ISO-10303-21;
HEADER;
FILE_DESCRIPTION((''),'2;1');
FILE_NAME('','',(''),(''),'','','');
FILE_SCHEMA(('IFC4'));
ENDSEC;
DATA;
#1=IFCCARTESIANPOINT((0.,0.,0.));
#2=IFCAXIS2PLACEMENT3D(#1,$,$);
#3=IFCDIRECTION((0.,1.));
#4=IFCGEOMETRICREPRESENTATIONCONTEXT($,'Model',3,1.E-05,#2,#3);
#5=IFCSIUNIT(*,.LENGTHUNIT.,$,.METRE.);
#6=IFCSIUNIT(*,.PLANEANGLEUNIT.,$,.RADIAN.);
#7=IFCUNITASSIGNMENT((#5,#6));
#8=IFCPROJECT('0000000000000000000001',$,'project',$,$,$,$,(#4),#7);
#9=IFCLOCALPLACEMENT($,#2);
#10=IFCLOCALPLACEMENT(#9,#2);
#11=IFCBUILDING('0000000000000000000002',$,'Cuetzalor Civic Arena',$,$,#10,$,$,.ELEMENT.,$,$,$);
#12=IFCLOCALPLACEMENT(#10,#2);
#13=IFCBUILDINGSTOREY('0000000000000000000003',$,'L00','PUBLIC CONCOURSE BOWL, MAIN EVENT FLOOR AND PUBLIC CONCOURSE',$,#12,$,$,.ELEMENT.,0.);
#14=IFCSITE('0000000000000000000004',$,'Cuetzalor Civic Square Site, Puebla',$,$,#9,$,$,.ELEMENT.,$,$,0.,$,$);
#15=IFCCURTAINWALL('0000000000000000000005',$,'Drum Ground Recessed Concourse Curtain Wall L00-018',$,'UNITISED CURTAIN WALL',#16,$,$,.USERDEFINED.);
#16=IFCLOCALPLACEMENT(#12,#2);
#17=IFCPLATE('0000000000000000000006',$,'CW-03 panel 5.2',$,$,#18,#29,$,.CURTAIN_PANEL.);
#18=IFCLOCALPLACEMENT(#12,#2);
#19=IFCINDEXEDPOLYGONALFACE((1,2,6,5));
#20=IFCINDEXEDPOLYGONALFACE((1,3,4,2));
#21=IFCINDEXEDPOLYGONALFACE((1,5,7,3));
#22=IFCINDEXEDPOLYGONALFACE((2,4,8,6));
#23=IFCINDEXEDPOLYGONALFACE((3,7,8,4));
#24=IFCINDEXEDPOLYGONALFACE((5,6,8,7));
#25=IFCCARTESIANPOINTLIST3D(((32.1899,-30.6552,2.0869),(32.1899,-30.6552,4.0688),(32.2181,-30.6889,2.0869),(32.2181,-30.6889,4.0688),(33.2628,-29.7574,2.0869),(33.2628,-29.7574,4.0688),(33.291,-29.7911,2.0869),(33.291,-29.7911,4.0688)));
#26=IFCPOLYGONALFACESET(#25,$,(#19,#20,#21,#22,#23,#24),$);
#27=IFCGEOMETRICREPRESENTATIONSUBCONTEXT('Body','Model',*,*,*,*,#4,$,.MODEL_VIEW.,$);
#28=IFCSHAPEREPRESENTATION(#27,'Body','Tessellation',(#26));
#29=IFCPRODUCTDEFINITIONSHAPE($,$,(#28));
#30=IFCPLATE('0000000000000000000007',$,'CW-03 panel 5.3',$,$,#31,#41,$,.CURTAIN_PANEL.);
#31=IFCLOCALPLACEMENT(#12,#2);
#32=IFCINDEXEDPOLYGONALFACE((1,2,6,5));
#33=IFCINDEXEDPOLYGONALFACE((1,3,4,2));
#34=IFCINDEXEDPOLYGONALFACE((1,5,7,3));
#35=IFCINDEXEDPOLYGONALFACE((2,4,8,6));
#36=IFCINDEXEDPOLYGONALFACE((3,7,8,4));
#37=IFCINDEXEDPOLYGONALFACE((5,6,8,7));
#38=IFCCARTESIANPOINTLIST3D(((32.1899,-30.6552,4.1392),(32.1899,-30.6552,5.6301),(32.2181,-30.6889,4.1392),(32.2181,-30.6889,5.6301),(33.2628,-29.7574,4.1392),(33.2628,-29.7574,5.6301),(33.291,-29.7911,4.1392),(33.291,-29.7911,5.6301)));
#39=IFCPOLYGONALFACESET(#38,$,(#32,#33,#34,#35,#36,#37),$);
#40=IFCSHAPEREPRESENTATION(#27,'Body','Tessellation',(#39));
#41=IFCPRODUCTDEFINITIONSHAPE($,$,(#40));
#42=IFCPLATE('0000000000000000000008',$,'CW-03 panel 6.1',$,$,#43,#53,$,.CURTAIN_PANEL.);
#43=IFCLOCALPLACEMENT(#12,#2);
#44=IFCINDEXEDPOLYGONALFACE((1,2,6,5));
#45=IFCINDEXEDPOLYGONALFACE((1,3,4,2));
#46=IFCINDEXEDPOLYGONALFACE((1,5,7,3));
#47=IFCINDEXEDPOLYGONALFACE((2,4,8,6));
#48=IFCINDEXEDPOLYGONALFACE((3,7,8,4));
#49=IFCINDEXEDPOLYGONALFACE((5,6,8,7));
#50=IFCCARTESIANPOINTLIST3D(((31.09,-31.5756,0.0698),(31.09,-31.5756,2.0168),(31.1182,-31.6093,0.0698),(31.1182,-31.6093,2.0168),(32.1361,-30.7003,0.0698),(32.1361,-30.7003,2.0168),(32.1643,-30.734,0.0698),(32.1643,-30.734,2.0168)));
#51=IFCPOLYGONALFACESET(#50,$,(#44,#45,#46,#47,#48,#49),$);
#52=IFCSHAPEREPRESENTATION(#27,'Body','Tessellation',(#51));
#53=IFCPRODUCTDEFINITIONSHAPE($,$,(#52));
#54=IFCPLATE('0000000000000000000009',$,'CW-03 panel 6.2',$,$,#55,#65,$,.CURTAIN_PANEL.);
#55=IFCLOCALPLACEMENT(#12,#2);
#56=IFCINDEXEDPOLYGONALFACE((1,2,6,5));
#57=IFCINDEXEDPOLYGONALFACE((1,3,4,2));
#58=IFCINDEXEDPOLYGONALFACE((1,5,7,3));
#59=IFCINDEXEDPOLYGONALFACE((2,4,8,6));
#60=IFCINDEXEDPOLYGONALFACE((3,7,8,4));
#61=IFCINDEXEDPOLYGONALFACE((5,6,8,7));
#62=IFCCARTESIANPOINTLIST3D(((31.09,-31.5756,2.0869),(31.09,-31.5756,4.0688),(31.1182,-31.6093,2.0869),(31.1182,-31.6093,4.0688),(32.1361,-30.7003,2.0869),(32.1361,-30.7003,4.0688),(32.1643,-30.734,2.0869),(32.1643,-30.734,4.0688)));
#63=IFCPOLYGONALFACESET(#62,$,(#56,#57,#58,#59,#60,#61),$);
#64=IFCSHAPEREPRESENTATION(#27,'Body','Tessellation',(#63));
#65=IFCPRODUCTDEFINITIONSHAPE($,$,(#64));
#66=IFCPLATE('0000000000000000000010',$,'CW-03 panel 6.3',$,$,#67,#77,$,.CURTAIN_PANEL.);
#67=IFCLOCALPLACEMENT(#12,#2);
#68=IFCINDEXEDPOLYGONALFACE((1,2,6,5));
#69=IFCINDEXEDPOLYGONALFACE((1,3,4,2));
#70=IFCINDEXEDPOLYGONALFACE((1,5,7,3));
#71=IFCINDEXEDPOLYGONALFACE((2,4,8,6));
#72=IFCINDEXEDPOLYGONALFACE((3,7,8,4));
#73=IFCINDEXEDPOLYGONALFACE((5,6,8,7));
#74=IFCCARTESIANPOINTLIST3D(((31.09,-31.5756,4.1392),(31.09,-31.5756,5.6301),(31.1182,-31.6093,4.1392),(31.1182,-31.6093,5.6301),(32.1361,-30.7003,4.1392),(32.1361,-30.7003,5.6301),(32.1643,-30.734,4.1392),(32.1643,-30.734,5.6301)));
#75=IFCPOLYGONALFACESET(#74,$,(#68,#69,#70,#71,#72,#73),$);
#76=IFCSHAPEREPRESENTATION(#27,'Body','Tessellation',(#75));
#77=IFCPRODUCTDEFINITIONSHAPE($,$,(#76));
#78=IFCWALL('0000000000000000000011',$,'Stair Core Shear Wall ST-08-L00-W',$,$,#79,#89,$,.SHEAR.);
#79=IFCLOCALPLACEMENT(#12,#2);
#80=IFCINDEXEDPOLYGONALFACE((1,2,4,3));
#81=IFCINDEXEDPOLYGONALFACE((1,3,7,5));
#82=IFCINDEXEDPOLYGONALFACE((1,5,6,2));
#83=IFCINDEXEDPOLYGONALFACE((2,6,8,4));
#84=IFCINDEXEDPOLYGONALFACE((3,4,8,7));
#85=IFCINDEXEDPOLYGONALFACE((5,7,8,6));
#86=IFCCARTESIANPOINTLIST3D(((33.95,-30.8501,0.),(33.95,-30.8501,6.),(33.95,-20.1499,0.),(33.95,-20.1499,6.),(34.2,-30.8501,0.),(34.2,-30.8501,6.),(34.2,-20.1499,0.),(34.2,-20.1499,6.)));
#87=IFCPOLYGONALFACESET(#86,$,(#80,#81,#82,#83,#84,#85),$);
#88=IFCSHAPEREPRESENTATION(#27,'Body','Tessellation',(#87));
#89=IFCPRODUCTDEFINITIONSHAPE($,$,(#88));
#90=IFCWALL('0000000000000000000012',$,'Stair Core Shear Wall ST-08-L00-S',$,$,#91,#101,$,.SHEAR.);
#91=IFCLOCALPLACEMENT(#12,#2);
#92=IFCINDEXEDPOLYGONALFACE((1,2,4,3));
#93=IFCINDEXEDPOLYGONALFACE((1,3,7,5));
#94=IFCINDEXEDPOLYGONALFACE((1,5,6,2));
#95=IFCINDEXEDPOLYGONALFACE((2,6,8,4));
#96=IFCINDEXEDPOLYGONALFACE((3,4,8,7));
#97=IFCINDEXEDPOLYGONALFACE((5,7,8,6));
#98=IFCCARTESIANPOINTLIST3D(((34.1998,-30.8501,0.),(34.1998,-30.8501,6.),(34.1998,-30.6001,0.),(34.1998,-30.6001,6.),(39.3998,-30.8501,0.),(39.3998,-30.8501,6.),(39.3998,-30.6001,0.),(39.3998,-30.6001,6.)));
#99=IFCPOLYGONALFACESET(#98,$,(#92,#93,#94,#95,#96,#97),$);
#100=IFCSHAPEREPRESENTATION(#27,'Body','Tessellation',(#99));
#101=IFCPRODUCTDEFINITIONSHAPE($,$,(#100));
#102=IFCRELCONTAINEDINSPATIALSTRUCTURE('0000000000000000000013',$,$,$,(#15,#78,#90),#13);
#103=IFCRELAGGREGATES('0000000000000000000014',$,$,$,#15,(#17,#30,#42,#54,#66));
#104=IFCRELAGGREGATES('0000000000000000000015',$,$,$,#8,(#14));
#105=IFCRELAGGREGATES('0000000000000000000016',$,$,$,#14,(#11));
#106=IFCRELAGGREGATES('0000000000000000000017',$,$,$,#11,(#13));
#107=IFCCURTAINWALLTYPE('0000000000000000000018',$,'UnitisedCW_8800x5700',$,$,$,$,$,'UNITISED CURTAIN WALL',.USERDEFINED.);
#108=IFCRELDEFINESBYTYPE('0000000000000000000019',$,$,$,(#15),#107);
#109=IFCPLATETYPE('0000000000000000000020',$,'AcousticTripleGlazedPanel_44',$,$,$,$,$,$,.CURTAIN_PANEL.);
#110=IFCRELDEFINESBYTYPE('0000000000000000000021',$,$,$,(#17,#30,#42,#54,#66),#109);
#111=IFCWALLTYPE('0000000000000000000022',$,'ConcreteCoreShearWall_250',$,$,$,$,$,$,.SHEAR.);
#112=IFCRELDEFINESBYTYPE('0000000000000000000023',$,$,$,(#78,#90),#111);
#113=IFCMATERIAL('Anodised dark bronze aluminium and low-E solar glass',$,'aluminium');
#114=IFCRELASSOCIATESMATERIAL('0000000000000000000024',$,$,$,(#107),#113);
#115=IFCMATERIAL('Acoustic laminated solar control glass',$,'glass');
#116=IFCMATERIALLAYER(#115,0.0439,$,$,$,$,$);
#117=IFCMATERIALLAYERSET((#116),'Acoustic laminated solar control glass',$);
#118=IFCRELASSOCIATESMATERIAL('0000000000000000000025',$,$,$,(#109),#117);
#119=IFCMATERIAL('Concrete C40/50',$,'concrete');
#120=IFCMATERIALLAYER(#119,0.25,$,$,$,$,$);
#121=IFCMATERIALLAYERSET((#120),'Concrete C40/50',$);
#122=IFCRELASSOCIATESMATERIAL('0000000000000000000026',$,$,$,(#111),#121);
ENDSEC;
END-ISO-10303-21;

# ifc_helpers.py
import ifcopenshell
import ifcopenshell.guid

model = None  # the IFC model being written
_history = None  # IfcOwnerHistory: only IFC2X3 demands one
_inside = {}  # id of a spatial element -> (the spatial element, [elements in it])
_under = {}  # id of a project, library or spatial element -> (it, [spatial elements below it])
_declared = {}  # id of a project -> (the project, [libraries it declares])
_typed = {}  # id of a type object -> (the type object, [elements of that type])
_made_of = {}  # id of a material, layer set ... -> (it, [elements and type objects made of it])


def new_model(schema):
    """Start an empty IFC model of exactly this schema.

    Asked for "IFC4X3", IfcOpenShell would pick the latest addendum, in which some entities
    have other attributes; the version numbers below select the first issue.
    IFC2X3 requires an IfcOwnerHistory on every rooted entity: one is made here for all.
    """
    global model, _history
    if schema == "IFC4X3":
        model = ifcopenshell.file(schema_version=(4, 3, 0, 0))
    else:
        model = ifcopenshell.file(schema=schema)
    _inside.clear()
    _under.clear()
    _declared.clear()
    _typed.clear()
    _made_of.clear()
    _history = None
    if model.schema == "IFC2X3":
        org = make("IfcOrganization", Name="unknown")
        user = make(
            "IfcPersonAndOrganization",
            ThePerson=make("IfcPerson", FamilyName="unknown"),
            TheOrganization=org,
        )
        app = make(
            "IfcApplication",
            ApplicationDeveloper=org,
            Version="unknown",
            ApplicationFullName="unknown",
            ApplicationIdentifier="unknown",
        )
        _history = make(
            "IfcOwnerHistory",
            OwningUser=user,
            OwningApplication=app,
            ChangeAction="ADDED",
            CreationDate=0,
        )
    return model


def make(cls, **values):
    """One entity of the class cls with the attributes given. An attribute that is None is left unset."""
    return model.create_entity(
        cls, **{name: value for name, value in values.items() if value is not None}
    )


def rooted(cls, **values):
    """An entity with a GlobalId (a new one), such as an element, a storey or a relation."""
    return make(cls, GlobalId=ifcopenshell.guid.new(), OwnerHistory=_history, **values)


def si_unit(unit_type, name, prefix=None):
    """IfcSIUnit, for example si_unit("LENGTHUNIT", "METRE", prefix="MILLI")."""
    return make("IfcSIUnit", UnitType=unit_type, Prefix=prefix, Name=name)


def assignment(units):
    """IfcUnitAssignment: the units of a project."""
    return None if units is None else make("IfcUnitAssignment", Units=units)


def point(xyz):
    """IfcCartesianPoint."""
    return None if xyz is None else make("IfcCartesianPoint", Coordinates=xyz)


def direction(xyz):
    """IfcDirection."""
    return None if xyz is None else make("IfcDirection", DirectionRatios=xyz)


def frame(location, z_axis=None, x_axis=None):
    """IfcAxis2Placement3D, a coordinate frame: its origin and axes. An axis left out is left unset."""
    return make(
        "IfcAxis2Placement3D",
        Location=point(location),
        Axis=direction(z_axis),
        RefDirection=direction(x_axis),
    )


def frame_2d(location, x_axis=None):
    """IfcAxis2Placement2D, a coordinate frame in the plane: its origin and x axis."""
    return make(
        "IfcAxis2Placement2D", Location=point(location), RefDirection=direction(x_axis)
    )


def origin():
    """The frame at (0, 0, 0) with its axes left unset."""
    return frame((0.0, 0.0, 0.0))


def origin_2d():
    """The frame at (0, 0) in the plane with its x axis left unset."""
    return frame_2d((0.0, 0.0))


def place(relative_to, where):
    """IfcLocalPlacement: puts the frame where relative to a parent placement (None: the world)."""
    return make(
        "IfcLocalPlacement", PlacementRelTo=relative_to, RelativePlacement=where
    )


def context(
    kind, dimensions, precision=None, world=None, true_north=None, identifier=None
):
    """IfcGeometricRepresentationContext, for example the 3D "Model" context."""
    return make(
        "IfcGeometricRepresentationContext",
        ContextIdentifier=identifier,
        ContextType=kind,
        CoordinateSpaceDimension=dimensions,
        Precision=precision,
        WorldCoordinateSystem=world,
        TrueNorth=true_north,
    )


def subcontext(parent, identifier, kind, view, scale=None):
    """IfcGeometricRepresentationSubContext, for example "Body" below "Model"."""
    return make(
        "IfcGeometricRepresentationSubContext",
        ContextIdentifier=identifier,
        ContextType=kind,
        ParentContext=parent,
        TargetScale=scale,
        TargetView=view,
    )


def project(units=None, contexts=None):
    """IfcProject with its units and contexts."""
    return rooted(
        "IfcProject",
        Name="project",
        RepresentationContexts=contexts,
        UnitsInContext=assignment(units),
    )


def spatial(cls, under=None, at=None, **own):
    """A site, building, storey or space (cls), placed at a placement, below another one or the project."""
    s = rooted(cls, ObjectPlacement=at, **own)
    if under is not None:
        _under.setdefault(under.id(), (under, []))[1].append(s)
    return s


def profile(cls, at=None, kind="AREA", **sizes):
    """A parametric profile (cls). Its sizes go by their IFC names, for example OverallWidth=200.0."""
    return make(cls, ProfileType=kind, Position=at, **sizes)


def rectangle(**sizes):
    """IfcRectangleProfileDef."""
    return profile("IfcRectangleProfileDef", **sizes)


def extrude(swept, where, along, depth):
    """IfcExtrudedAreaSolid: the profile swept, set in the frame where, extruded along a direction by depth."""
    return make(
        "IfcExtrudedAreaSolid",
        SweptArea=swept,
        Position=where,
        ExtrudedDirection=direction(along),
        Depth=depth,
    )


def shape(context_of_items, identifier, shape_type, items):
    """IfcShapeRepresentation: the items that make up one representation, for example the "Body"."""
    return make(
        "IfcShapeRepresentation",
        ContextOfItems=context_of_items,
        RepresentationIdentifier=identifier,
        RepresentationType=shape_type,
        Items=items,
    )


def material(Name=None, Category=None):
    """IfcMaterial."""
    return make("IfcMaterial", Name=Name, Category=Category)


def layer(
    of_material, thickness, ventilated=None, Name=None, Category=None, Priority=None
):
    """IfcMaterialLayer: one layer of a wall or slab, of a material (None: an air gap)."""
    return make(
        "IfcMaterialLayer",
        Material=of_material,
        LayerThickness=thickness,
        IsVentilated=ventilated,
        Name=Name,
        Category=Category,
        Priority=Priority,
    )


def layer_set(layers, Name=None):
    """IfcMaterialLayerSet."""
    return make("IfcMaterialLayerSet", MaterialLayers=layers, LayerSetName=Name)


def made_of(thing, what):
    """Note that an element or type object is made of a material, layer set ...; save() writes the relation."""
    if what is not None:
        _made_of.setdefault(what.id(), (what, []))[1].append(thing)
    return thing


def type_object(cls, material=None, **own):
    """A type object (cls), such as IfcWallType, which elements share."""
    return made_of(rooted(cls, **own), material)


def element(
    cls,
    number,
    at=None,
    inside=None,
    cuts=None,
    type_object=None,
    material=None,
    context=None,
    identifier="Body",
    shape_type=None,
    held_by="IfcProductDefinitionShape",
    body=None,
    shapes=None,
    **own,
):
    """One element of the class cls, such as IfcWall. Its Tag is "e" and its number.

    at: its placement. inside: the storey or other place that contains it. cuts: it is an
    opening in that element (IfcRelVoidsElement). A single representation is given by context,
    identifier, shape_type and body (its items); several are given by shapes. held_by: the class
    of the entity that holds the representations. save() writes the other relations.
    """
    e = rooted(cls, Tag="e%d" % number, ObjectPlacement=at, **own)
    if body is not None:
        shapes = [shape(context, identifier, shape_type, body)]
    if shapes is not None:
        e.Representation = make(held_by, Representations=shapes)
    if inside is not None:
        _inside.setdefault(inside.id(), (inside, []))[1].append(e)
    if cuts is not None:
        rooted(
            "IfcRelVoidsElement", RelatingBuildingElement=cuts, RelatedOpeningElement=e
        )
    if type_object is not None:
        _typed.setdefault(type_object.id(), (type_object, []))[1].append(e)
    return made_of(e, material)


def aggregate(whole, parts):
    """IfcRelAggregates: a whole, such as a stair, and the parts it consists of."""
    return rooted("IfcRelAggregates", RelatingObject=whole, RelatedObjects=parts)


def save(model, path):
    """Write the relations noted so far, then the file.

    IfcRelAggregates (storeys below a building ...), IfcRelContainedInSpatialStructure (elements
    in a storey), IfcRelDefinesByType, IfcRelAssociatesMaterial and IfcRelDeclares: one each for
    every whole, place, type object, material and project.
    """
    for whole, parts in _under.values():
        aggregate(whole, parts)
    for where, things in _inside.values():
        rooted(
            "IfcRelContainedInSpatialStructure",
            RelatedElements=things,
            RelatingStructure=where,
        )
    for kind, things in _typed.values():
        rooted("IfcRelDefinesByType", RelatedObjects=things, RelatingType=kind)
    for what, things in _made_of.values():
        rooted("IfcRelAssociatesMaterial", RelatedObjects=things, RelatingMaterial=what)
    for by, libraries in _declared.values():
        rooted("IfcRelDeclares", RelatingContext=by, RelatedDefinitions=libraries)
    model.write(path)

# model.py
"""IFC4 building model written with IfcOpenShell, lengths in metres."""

from ifc_helpers import new_model, si_unit, direction, frame, frame_2d, origin, origin_2d, place, context, subcontext, project, spatial, rectangle, extrude, material, layer, layer_set, type_object, element, aggregate, save


model = new_model("IFC4")

# Units and contexts
model_context = context("Model", 3, precision=1e-05, world=origin(), true_north=direction((0.0, 1.0)))
body_context = subcontext(model_context, "Body", "Model", "MODEL_VIEW")
ifc_project = project(units=[si_unit("LENGTHUNIT", "METRE"), si_unit("PLANEANGLEUNIT", "RADIAN")], contexts=[model_context])

# Site, building, storey
site_placement = place(None, origin())
site = spatial("IfcSite", under=ifc_project, at=site_placement, Name="Cuetzalor Civic Square Site, Puebla", CompositionType="ELEMENT", RefElevation=0.0)
building_placement = place(site_placement, origin())
building = spatial("IfcBuilding", under=site, at=building_placement, Name="Cuetzalor Civic Arena", CompositionType="ELEMENT")
storey_placement = place(building_placement, origin())
storey = spatial("IfcBuildingStorey", under=building, at=storey_placement, Name="L00", Description="PUBLIC CONCOURSE BOWL, MAIN EVENT FLOOR AND PUBLIC CONCOURSE", CompositionType="ELEMENT", Elevation=0.0)

# Curtain wall
ifc_material_1 = material(Name="Anodised dark bronze aluminium and low-E solar glass", Category="aluminium")
curtain_wall_type_1 = type_object("IfcCurtainWallType", Name="UnitisedCW_8800x5700", ElementType="UNITISED CURTAIN WALL", PredefinedType="USERDEFINED", material=ifc_material_1)
curtain_wall_1_placement = place(storey_placement, origin())
curtain_wall_1 = element("IfcCurtainWall", 1, at=curtain_wall_1_placement, inside=storey, type_object=curtain_wall_type_1, Name="Drum Ground Recessed Concourse Curtain Wall L00-018", ObjectType="UNITISED CURTAIN WALL", PredefinedType="USERDEFINED")

# Plates
ifc_material_2 = material(Name="Acoustic laminated solar control glass", Category="glass")
ifc_layer_1 = layer(ifc_material_2, 0.0439)
ifc_layer_set_1 = layer_set([ifc_layer_1], Name="Acoustic laminated solar control glass")
plate_type = type_object("IfcPlateType", Name="AcousticTripleGlazedPanel_44", PredefinedType="CURTAIN_PANEL", material=ifc_layer_set_1)
plate_1_placement = place(storey_placement, frame((32.7405, -30.2231, 2.0869), z_axis=(0.0, 0.0, 1.0), x_axis=(-0.766928, -0.641733, 0.0)))
plate_1 = element("IfcPlate", 2, at=plate_1_placement, type_object=plate_type, Name="CW-03 panel 5.2", PredefinedType="CURTAIN_PANEL", context=body_context, shape_type="SweptSolid", body=[
    extrude(rectangle(XDim=1.3989, YDim=0.0439, at=origin_2d()), origin(), (0.0, 0.0, 1.0), 1.9819),
])
plate_2_placement = place(storey_placement, frame((32.7405, -30.2231, 4.1392), z_axis=(0.0, 0.0, 1.0), x_axis=(-0.766928, -0.641733, 0.0)))
plate_2 = element("IfcPlate", 3, at=plate_2_placement, type_object=plate_type, Name="CW-03 panel 5.3", PredefinedType="CURTAIN_PANEL", context=body_context, shape_type="SweptSolid", body=[
    extrude(rectangle(XDim=1.3989, YDim=0.0439, at=origin_2d()), origin(), (0.0, 0.0, 1.0), 1.491),
])
plate_3_placement = place(storey_placement, frame((31.6272, -31.1548, 0.0698), z_axis=(0.0, 0.0, 1.0), x_axis=(-0.766928, -0.641733, 0.0)))
plate_3 = element("IfcPlate", 4, at=plate_3_placement, type_object=plate_type, Name="CW-03 panel 6.1", PredefinedType="CURTAIN_PANEL", context=body_context, shape_type="SweptSolid", body=[
    extrude(rectangle(XDim=1.364, YDim=0.0439, at=origin_2d()), origin(), (0.0, 0.0, 1.0), 1.947),
])
plate_4_placement = place(storey_placement, frame((31.6272, -31.1548, 2.0869), z_axis=(0.0, 0.0, 1.0), x_axis=(-0.766928, -0.641733, 0.0)))
plate_4 = element("IfcPlate", 5, at=plate_4_placement, type_object=plate_type, Name="CW-03 panel 6.2", PredefinedType="CURTAIN_PANEL", context=body_context, shape_type="SweptSolid", body=[
    extrude(rectangle(XDim=1.364, YDim=0.0439, at=origin_2d()), origin(), (0.0, 0.0, 1.0), 1.9819),
])
plate_5_placement = place(storey_placement, frame((31.6272, -31.1548, 4.1392), z_axis=(0.0, 0.0, 1.0), x_axis=(-0.766928, -0.641733, 0.0)))
plate_5 = element("IfcPlate", 6, at=plate_5_placement, type_object=plate_type, Name="CW-03 panel 6.3", PredefinedType="CURTAIN_PANEL", context=body_context, shape_type="SweptSolid", body=[
    extrude(rectangle(XDim=1.364, YDim=0.0439, at=origin_2d()), origin(), (0.0, 0.0, 1.0), 1.491),
])
aggregate(curtain_wall_1, [plate_1, plate_2, plate_3, plate_4, plate_5])

# Walls
ifc_material_3 = material(Name="Concrete C40/50", Category="concrete")
ifc_layer_2 = layer(ifc_material_3, 0.25)
ifc_layer_set_2 = layer_set([ifc_layer_2], Name="Concrete C40/50")
wall_type = type_object("IfcWallType", Name="ConcreteCoreShearWall_250", PredefinedType="SHEAR", material=ifc_layer_set_2)
wall_1_placement = place(storey_placement, frame((34.075, -30.8501, 0.0), z_axis=(0.0, 0.0, 1.0), x_axis=(0.0, 1.0, 0.0)))
element("IfcWall", 7, at=wall_1_placement, inside=storey, type_object=wall_type, Name="Stair Core Shear Wall ST-08-L00-W", PredefinedType="SHEAR", context=body_context, shape_type="SweptSolid", body=[
    extrude(rectangle(XDim=10.7002, YDim=0.25, at=frame_2d((5.3501, 0.0))), origin(), (0.0, 0.0, 1.0), 6.0),
])
wall_2_placement = place(storey_placement, frame((39.3999, -30.7251, 0.0), z_axis=(0.0, 0.0, 1.0), x_axis=(-1.0, 0.0, 0.0)))
element("IfcWall", 8, at=wall_2_placement, inside=storey, type_object=wall_type, Name="Stair Core Shear Wall ST-08-L00-S", PredefinedType="SHEAR", context=body_context, shape_type="SweptSolid", body=[
    extrude(rectangle(XDim=5.2, YDim=0.25, at=frame_2d((2.6001, 0.0))), origin(), (0.0, 0.0, 1.0), 6.0),
])

save(model, "model.ifc")
